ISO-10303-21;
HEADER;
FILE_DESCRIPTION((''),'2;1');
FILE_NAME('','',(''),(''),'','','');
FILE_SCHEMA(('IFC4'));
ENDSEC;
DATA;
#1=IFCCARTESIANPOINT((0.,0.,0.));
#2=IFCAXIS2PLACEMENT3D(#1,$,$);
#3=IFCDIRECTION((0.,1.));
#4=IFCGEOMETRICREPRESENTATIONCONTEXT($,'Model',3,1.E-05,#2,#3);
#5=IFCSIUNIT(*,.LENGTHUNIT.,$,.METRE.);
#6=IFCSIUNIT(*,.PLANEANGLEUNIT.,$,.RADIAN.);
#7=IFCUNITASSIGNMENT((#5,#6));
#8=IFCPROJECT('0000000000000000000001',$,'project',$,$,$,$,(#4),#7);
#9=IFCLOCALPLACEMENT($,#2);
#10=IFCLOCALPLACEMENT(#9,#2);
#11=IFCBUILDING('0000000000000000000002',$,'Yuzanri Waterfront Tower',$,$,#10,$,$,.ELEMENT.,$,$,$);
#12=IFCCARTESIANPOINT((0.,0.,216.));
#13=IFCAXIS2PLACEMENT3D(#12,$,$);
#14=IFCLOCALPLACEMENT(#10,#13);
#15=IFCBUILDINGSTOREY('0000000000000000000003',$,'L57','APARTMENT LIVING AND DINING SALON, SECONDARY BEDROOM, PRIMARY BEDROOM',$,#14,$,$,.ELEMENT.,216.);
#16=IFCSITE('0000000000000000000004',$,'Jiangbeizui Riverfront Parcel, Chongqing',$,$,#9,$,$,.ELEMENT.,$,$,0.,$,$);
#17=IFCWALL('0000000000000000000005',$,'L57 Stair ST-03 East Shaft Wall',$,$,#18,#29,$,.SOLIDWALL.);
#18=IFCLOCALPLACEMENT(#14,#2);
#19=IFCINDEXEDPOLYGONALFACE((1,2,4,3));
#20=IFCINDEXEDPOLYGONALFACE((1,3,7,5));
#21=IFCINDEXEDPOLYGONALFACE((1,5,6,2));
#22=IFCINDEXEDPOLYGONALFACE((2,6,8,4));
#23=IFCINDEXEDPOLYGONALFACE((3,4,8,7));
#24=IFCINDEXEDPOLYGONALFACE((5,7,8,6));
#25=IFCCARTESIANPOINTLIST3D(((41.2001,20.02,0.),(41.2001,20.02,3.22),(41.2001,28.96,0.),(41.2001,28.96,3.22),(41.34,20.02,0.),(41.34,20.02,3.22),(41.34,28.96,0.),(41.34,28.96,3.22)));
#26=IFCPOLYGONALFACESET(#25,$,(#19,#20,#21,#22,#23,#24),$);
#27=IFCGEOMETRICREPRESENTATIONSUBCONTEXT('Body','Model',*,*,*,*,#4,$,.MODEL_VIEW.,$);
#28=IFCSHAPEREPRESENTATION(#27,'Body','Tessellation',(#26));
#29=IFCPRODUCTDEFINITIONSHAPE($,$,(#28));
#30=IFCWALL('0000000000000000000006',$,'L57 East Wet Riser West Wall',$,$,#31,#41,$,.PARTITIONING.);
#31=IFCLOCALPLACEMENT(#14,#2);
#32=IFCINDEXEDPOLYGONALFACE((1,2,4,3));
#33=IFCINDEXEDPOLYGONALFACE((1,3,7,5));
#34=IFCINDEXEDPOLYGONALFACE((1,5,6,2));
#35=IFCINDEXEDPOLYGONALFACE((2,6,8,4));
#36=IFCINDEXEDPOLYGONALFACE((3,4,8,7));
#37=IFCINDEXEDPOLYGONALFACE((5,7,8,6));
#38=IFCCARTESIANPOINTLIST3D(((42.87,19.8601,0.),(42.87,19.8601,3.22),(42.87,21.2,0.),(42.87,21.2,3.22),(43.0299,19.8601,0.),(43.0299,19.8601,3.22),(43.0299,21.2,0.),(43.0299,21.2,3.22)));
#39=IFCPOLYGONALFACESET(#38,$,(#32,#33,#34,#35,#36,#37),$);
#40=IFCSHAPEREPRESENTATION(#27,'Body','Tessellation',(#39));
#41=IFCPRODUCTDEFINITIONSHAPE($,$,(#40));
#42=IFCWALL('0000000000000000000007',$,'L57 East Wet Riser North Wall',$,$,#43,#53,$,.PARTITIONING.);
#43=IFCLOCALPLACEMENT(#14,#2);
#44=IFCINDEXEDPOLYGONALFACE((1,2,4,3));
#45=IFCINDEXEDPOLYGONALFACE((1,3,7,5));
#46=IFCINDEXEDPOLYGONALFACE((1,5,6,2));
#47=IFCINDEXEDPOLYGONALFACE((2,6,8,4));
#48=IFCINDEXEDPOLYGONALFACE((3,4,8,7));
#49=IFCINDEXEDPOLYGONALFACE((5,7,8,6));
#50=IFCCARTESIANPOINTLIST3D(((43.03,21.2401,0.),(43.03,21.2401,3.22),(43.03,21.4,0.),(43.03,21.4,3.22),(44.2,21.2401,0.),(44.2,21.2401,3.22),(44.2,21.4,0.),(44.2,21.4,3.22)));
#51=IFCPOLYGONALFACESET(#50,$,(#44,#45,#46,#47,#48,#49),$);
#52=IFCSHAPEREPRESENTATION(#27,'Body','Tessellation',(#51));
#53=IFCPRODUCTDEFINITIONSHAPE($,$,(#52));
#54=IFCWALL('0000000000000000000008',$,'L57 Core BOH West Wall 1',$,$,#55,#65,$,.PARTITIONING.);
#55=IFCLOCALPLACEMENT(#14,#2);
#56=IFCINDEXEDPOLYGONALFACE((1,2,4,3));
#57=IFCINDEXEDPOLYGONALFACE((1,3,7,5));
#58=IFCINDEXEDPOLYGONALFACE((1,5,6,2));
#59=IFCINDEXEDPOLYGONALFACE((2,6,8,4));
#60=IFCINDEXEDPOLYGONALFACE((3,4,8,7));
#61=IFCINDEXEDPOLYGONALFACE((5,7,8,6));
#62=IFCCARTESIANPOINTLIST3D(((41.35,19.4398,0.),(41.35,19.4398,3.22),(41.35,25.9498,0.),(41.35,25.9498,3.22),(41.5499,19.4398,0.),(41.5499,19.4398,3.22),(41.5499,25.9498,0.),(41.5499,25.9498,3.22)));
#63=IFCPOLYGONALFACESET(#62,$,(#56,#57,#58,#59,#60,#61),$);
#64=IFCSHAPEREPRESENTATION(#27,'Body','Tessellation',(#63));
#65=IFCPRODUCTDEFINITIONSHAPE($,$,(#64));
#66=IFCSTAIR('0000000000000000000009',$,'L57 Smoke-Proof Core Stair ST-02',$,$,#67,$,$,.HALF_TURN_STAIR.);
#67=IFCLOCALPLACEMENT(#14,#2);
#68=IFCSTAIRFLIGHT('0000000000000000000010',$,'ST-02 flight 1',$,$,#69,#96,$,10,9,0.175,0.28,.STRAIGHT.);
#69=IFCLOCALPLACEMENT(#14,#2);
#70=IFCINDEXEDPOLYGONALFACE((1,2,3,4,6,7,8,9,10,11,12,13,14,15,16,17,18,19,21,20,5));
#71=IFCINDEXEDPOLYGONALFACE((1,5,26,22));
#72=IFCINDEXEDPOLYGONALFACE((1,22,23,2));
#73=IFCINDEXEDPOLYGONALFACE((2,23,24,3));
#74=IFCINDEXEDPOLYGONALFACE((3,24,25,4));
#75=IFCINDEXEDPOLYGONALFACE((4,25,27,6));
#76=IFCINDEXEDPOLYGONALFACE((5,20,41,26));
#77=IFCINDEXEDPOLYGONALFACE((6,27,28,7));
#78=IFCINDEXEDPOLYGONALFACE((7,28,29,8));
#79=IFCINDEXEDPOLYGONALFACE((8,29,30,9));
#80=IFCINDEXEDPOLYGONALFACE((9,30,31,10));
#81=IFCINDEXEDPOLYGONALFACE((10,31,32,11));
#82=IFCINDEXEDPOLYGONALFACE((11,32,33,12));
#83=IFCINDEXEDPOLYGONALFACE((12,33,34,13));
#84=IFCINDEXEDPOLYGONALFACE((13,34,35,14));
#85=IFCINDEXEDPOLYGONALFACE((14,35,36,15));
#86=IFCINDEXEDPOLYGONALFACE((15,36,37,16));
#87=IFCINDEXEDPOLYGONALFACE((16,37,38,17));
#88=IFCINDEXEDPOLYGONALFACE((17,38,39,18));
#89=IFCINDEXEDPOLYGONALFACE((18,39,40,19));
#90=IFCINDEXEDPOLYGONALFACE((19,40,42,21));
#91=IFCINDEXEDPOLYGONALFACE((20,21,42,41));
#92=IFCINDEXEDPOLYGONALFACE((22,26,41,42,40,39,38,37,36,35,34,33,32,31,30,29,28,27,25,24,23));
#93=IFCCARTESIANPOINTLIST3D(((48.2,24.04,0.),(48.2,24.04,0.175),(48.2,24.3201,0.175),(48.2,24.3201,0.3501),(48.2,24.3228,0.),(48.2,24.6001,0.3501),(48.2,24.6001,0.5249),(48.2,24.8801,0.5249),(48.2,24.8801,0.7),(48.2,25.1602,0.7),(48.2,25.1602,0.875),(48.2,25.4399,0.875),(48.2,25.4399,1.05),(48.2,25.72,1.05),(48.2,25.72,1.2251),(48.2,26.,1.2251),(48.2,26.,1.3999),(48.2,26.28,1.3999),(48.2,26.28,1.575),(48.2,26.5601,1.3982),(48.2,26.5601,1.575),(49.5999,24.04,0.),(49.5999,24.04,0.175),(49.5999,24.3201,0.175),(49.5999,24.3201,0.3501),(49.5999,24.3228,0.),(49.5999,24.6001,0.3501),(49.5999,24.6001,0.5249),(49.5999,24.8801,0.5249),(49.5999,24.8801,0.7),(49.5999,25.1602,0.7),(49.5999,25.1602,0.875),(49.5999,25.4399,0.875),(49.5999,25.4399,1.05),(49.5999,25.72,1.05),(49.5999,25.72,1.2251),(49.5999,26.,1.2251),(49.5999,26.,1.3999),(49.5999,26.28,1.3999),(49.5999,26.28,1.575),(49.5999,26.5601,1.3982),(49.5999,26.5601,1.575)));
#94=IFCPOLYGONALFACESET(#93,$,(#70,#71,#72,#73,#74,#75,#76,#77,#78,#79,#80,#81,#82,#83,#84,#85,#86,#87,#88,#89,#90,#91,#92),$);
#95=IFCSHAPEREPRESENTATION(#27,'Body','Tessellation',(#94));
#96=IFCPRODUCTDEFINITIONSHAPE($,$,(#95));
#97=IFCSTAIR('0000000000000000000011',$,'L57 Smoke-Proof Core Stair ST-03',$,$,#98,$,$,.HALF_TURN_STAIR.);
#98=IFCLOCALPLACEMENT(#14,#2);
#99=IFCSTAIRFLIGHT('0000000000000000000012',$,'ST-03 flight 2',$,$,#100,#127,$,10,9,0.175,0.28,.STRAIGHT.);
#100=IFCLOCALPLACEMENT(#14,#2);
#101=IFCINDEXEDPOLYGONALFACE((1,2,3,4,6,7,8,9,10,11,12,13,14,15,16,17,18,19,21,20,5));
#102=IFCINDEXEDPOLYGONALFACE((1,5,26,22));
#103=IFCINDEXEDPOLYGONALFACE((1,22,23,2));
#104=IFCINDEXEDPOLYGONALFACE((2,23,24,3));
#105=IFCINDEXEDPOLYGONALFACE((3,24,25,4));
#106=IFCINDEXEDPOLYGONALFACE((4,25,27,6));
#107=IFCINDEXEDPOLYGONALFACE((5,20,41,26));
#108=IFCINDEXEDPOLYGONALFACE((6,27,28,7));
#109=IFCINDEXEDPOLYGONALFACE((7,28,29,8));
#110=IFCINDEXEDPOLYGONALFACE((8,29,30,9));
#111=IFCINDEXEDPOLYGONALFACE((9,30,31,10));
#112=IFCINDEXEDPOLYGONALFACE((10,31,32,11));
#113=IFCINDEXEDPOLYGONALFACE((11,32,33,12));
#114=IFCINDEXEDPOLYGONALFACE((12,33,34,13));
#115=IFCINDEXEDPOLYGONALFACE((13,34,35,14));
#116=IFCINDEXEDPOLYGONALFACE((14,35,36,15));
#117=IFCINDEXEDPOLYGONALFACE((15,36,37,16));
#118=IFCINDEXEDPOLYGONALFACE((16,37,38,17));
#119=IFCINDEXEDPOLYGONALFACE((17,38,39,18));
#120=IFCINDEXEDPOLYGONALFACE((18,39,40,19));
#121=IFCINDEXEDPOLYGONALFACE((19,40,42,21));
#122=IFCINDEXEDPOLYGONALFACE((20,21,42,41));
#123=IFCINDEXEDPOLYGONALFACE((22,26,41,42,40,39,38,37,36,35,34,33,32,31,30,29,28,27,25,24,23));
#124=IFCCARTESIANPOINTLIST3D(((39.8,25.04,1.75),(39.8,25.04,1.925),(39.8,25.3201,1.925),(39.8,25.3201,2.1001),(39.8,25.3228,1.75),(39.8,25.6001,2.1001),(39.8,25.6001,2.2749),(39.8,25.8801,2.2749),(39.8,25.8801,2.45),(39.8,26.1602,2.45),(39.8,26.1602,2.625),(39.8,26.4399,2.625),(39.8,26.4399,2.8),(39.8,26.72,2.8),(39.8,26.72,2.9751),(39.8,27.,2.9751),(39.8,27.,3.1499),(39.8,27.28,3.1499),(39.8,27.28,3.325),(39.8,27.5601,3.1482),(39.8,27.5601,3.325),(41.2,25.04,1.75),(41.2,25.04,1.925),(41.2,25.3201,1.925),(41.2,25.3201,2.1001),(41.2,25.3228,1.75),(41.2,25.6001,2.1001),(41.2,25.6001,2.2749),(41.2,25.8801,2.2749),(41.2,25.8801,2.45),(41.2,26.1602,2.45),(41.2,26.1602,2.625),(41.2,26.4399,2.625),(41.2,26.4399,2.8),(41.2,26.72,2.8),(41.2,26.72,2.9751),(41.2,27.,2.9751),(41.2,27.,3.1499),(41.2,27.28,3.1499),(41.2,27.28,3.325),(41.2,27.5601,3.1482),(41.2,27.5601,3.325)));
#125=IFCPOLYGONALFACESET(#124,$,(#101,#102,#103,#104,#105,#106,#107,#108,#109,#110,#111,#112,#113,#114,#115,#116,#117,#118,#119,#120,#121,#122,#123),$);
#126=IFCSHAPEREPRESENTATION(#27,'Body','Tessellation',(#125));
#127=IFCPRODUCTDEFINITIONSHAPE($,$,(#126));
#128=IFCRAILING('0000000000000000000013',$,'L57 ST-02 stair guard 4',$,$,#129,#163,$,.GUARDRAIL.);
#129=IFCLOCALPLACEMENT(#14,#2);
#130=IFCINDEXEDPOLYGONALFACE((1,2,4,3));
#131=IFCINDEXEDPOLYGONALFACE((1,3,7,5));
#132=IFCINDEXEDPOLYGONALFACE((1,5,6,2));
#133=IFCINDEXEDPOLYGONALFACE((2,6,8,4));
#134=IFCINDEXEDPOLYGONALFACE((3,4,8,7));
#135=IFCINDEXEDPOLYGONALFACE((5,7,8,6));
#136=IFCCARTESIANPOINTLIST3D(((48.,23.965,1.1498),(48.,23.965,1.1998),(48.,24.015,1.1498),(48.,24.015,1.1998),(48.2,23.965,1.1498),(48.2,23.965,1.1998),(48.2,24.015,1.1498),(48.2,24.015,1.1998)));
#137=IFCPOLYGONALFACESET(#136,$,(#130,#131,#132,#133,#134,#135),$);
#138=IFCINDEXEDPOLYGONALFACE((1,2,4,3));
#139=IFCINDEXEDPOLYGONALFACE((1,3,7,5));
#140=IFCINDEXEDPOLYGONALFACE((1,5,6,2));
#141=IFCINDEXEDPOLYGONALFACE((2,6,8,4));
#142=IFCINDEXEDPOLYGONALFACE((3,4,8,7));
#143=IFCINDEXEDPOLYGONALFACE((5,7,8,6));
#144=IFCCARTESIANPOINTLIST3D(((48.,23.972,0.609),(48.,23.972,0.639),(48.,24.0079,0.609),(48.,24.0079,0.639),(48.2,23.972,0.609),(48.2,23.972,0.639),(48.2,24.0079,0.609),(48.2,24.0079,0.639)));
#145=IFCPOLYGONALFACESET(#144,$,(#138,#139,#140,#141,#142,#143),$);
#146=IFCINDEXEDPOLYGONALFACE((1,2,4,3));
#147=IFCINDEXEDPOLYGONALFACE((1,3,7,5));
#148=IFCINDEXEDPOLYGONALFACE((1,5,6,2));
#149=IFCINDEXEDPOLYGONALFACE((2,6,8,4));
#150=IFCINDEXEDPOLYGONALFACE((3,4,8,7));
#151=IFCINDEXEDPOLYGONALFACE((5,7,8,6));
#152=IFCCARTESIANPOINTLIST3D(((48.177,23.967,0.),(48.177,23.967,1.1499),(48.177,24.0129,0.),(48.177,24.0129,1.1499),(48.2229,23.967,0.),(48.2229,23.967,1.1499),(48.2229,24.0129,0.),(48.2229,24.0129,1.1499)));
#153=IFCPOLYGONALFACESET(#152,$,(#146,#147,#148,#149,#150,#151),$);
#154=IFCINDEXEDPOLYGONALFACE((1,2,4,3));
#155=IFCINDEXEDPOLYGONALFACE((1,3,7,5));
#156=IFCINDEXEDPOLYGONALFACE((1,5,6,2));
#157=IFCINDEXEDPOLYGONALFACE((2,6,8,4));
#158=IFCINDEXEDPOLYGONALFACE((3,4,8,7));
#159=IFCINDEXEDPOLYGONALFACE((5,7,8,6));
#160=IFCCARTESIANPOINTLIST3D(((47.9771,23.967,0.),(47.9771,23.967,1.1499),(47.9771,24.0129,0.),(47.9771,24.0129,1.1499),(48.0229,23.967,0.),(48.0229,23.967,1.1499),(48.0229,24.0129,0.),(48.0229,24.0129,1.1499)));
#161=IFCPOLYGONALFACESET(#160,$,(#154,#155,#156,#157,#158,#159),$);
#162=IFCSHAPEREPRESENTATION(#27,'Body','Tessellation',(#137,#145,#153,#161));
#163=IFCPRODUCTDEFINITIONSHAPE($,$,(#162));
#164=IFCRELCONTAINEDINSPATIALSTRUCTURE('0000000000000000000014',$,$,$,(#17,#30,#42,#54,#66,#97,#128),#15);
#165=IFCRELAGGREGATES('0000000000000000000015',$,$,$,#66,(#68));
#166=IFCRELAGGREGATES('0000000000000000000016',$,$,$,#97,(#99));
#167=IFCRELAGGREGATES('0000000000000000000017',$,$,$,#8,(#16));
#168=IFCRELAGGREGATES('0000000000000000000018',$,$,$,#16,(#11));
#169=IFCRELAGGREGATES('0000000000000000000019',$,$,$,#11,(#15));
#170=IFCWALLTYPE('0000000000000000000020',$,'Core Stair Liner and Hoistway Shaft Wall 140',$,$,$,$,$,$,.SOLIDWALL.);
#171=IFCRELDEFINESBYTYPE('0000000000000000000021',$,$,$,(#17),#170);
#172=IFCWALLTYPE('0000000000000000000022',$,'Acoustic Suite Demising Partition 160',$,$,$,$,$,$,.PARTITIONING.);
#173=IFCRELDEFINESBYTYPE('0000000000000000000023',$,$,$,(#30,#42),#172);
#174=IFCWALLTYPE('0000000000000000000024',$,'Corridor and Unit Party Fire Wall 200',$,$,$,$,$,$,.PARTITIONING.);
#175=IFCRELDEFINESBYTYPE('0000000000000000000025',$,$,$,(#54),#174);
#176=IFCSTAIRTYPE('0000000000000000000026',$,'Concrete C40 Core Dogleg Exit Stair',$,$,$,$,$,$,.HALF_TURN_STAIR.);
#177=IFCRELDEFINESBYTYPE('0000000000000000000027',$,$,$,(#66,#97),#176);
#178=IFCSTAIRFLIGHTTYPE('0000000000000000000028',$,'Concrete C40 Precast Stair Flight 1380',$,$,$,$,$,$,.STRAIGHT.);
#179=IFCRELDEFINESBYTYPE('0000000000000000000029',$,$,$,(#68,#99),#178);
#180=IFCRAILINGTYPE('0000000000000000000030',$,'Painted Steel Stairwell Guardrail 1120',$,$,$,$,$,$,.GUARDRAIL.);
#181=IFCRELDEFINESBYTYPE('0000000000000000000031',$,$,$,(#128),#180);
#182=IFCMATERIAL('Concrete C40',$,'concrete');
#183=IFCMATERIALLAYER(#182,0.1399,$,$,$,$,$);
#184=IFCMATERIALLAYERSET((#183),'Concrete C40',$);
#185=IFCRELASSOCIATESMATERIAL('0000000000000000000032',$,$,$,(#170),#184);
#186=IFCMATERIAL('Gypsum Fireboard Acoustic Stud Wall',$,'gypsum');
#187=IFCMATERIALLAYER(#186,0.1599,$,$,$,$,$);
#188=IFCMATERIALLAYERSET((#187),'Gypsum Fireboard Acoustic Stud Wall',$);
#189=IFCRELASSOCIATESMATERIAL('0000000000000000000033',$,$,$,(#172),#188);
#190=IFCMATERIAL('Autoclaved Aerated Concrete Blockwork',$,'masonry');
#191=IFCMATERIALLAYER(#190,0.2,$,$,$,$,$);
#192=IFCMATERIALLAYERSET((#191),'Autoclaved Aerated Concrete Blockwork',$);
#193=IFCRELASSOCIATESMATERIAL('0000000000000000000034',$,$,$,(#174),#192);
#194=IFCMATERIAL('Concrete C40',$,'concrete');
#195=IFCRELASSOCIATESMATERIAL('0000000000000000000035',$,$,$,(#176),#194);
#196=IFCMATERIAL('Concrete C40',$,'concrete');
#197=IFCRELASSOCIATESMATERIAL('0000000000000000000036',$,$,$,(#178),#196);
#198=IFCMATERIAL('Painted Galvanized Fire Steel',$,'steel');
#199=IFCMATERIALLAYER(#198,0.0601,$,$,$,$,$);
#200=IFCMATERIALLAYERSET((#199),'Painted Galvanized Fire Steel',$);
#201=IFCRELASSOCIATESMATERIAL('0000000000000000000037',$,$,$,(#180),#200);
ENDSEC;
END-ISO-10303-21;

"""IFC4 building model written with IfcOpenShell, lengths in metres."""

from ifc_helpers import new_model, si_unit, direction, frame, frame_2d, origin, origin_2d, place, context, subcontext, project, spatial, polyline, rectangle, outline, extrude, source, transform, mapped, material, layer, layer_set, type_object, element, aggregate, save


model = new_model("IFC4")

# Units and contexts
model_context = context("Model", 3, precision=1e-05, world=origin(), true_north=direction((0.0, 1.0)))
body_context = subcontext(model_context, "Body", "Model", "MODEL_VIEW")
ifc_project = project(units=[si_unit("LENGTHUNIT", "METRE"), si_unit("PLANEANGLEUNIT", "RADIAN")], contexts=[model_context])

# Site, building, storey
site_placement = place(None, origin())
site = spatial("IfcSite", under=ifc_project, at=site_placement, Name="Jiangbeizui Riverfront Parcel, Chongqing", CompositionType="ELEMENT", RefElevation=0.0)
building_placement = place(site_placement, origin())
building = spatial("IfcBuilding", under=site, at=building_placement, Name="Yuzanri Waterfront Tower", CompositionType="ELEMENT")
storey_placement = place(building_placement, frame((0.0, 0.0, 216.0)))
storey = spatial("IfcBuildingStorey", under=building, at=storey_placement, Name="L57", Description="APARTMENT LIVING AND DINING SALON, SECONDARY BEDROOM, PRIMARY BEDROOM", CompositionType="ELEMENT", Elevation=216.0)

# Shared definitions
ifc_material_1 = material(Name="Concrete C40", Category="concrete")
ifc_layer_1 = layer(ifc_material_1, 0.1399)
ifc_layer_set_1 = layer_set([ifc_layer_1], Name="Concrete C40")
wall_type_1 = type_object("IfcWallType", Name="Core Stair Liner and Hoistway Shaft Wall 140", PredefinedType="SOLIDWALL", material=ifc_layer_set_1)

# Walls
shared_shape_1 = source(origin(), body_context, "Body", "SweptSolid", [
    extrude(rectangle(XDim=8.9399, YDim=0.1399, at=frame_2d((4.47, 0.0))), origin(), (0.0, 0.0, 1.0), 3.22),
])
wall_1_placement = place(storey_placement, frame((41.27, 20.02, 0.0), z_axis=(0.0, 0.0, 1.0), x_axis=(0.0, 1.0, 0.0)))
element("IfcWall", 1, at=wall_1_placement, inside=storey, type_object=wall_type_1, Name="L57 Stair ST-03 East Shaft Wall", PredefinedType="SOLIDWALL", context=body_context, shape_type="MappedRepresentation", body=[
    mapped(shared_shape_1, transform((0.0, 0.0, 0.0), scale=1.0)),
])
ifc_material_2 = material(Name="Gypsum Fireboard Acoustic Stud Wall", Category="gypsum")
ifc_layer_2 = layer(ifc_material_2, 0.1599)
ifc_layer_set_2 = layer_set([ifc_layer_2], Name="Gypsum Fireboard Acoustic Stud Wall")
wall_type_2 = type_object("IfcWallType", Name="Acoustic Suite Demising Partition 160", PredefinedType="PARTITIONING", material=ifc_layer_set_2)
shared_shape_2 = source(origin(), body_context, "Body", "SweptSolid", [
    extrude(rectangle(XDim=1.3398, YDim=0.1599, at=frame_2d((0.6699, 0.0))), origin(), (0.0, 0.0, 1.0), 3.22),
])
wall_2_placement = place(storey_placement, frame((42.95, 19.8601, 0.0), z_axis=(0.0, 0.0, 1.0), x_axis=(0.0, 1.0, 0.0)))
element("IfcWall", 2, at=wall_2_placement, inside=storey, type_object=wall_type_2, Name="L57 East Wet Riser West Wall", PredefinedType="PARTITIONING", context=body_context, shape_type="MappedRepresentation", body=[
    mapped(shared_shape_2, transform((0.0, 0.0, 0.0), scale=1.0)),
])
shared_shape_3 = source(origin(), body_context, "Body", "SweptSolid", [
    extrude(rectangle(XDim=1.1699, YDim=0.1599, at=frame_2d((0.585, 0.0))), origin(), (0.0, 0.0, 1.0), 3.22),
])
wall_3_placement = place(storey_placement, frame((43.03, 21.3201, 0.0), z_axis=(0.0, 0.0, 1.0), x_axis=(1.0, 0.0, 0.0)))
element("IfcWall", 3, at=wall_3_placement, inside=storey, type_object=wall_type_2, Name="L57 East Wet Riser North Wall", PredefinedType="PARTITIONING", context=body_context, shape_type="MappedRepresentation", body=[
    mapped(shared_shape_3, transform((0.0, 0.0, 0.0), scale=1.0)),
])
ifc_material_3 = material(Name="Autoclaved Aerated Concrete Blockwork", Category="masonry")
ifc_layer_3 = layer(ifc_material_3, 0.2)
ifc_layer_set_3 = layer_set([ifc_layer_3], Name="Autoclaved Aerated Concrete Blockwork")
wall_type_3 = type_object("IfcWallType", Name="Corridor and Unit Party Fire Wall 200", PredefinedType="PARTITIONING", material=ifc_layer_set_3)
shared_shape_4 = source(origin(), body_context, "Body", "SweptSolid", [
    extrude(rectangle(XDim=6.51, YDim=0.2, at=frame_2d((3.2549, 0.0))), origin(), (0.0, 0.0, 1.0), 3.22),
])
wall_4_placement = place(storey_placement, frame((41.45, 19.4399, 0.0), z_axis=(0.0, 0.0, 1.0), x_axis=(0.0, 1.0, 0.0)))
element("IfcWall", 4, at=wall_4_placement, inside=storey, type_object=wall_type_3, Name="L57 Core BOH West Wall 1", PredefinedType="PARTITIONING", context=body_context, shape_type="MappedRepresentation", body=[
    mapped(shared_shape_4, transform((0.0, 0.0, 0.0), scale=1.0)),
])

# Stairs, stair flights
ifc_material_4 = material(Name="Concrete C40", Category="concrete")
stair_type = type_object("IfcStairType", Name="Concrete C40 Core Dogleg Exit Stair", PredefinedType="HALF_TURN_STAIR", material=ifc_material_4)
stair_1_placement = place(storey_placement, origin())
stair_1 = element("IfcStair", 5, at=stair_1_placement, inside=storey, type_object=stair_type, Name="L57 Smoke-Proof Core Stair ST-02", PredefinedType="HALF_TURN_STAIR")
ifc_material_5 = material(Name="Concrete C40", Category="concrete")
stair_flight_type = type_object("IfcStairFlightType", Name="Concrete C40 Precast Stair Flight 1380", PredefinedType="STRAIGHT", material=ifc_material_5)
shared_shape_5 = source(origin(), body_context, "Body", "SweptSolid", [
    extrude(outline(polyline([(0.0, 0.0), (0.0, 0.175), (0.28, 0.175), (0.28, 0.3501), (0.5601, 0.3501), (0.5601, 0.5249), (0.8401, 0.5249), (0.8401, 0.7), (1.1201, 0.7), (1.1201, 0.875), (1.3999, 0.875), (1.3999, 1.05), (1.6799, 1.05), (1.6799, 1.2251), (1.96, 1.2251), (1.96, 1.3999), (2.24, 1.3999), (2.24, 1.575), (2.52, 1.575), (2.52, 1.75), (2.52, 1.3982), (0.2827, 0.0), (0.0, 0.0)])), frame((0.0, 0.7, 0.0), z_axis=(0.0, -1.0, 0.0), x_axis=(1.0, 0.0, 0.0)), (0.0, 0.0, 1.0), 1.3999),
])
stair_flight_1_placement = place(storey_placement, frame((48.8999, 24.04, 0.0), z_axis=(0.0, 0.0, 1.0), x_axis=(0.0, 1.0, 0.0)))
stair_flight_1 = element("IfcStairFlight", 6, at=stair_flight_1_placement, type_object=stair_flight_type, Name="ST-02 flight 1", NumberOfRisers=10, NumberOfTreads=9, PredefinedType="STRAIGHT", RiserHeight=0.175, TreadLength=0.28, context=body_context, shape_type="MappedRepresentation", body=[
    mapped(shared_shape_5, transform((0.0, 0.0, 0.0), scale=1.0)),
])
aggregate(stair_1, [stair_flight_1])
stair_2_placement = place(storey_placement, origin())
stair_2 = element("IfcStair", 7, at=stair_2_placement, inside=storey, type_object=stair_type, Name="L57 Smoke-Proof Core Stair ST-03", PredefinedType="HALF_TURN_STAIR")
stair_flight_2_placement = place(storey_placement, frame((40.5, 25.04, 1.75), z_axis=(0.0, 0.0, 1.0), x_axis=(0.0, 1.0, 0.0)))
stair_flight_2 = element("IfcStairFlight", 8, at=stair_flight_2_placement, type_object=stair_flight_type, Name="ST-03 flight 2", NumberOfRisers=10, NumberOfTreads=9, PredefinedType="STRAIGHT", RiserHeight=0.175, TreadLength=0.28, context=body_context, shape_type="MappedRepresentation", body=[
    mapped(shared_shape_5, transform((0.0, 0.0, 0.0), scale=1.0)),
])
aggregate(stair_2, [stair_flight_2])

# Railing
ifc_material_6 = material(Name="Painted Galvanized Fire Steel", Category="steel")
ifc_layer_4 = layer(ifc_material_6, 0.0601)
ifc_layer_set_4 = layer_set([ifc_layer_4], Name="Painted Galvanized Fire Steel")
railing_type_1 = type_object("IfcRailingType", Name="Painted Steel Stairwell Guardrail 1120", PredefinedType="GUARDRAIL", material=ifc_layer_set_4)
shared_shape_6 = source(origin(), body_context, "Body", "SweptSolid", [
    extrude(rectangle(XDim=0.05, YDim=0.05, at=origin_2d()), frame((0.0, 0.0, 1.1748), z_axis=(-1.0, 0.0, 0.0), x_axis=(0.0, -1.0, 0.0)), (0.0, 0.0, 1.0), 0.2),
    extrude(rectangle(XDim=0.0359, YDim=0.03, at=origin_2d()), frame((0.0, 0.0, 0.624), z_axis=(-1.0, 0.0, 0.0), x_axis=(0.0, -1.0, 0.0)), (0.0, 0.0, 1.0), 0.2),
    extrude(rectangle(XDim=0.0459, YDim=0.0459, at=origin_2d()), origin(), (0.0, 0.0, 1.0), 1.1499),
    extrude(rectangle(XDim=0.0459, YDim=0.0459, at=origin_2d()), frame((-0.2, 0.0, 0.0)), (0.0, 0.0, 1.0), 1.1499),
])
railing_1_placement = place(storey_placement, frame((48.2, 23.99, 0.0)))
element("IfcRailing", 9, at=railing_1_placement, inside=storey, type_object=railing_type_1, Name="L57 ST-02 stair guard 4", PredefinedType="GUARDRAIL", context=body_context, shape_type="MappedRepresentation", body=[
    mapped(shared_shape_6, transform((0.0, 0.0, 0.0), scale=1.0)),
])

save(model, "model.ifc")
